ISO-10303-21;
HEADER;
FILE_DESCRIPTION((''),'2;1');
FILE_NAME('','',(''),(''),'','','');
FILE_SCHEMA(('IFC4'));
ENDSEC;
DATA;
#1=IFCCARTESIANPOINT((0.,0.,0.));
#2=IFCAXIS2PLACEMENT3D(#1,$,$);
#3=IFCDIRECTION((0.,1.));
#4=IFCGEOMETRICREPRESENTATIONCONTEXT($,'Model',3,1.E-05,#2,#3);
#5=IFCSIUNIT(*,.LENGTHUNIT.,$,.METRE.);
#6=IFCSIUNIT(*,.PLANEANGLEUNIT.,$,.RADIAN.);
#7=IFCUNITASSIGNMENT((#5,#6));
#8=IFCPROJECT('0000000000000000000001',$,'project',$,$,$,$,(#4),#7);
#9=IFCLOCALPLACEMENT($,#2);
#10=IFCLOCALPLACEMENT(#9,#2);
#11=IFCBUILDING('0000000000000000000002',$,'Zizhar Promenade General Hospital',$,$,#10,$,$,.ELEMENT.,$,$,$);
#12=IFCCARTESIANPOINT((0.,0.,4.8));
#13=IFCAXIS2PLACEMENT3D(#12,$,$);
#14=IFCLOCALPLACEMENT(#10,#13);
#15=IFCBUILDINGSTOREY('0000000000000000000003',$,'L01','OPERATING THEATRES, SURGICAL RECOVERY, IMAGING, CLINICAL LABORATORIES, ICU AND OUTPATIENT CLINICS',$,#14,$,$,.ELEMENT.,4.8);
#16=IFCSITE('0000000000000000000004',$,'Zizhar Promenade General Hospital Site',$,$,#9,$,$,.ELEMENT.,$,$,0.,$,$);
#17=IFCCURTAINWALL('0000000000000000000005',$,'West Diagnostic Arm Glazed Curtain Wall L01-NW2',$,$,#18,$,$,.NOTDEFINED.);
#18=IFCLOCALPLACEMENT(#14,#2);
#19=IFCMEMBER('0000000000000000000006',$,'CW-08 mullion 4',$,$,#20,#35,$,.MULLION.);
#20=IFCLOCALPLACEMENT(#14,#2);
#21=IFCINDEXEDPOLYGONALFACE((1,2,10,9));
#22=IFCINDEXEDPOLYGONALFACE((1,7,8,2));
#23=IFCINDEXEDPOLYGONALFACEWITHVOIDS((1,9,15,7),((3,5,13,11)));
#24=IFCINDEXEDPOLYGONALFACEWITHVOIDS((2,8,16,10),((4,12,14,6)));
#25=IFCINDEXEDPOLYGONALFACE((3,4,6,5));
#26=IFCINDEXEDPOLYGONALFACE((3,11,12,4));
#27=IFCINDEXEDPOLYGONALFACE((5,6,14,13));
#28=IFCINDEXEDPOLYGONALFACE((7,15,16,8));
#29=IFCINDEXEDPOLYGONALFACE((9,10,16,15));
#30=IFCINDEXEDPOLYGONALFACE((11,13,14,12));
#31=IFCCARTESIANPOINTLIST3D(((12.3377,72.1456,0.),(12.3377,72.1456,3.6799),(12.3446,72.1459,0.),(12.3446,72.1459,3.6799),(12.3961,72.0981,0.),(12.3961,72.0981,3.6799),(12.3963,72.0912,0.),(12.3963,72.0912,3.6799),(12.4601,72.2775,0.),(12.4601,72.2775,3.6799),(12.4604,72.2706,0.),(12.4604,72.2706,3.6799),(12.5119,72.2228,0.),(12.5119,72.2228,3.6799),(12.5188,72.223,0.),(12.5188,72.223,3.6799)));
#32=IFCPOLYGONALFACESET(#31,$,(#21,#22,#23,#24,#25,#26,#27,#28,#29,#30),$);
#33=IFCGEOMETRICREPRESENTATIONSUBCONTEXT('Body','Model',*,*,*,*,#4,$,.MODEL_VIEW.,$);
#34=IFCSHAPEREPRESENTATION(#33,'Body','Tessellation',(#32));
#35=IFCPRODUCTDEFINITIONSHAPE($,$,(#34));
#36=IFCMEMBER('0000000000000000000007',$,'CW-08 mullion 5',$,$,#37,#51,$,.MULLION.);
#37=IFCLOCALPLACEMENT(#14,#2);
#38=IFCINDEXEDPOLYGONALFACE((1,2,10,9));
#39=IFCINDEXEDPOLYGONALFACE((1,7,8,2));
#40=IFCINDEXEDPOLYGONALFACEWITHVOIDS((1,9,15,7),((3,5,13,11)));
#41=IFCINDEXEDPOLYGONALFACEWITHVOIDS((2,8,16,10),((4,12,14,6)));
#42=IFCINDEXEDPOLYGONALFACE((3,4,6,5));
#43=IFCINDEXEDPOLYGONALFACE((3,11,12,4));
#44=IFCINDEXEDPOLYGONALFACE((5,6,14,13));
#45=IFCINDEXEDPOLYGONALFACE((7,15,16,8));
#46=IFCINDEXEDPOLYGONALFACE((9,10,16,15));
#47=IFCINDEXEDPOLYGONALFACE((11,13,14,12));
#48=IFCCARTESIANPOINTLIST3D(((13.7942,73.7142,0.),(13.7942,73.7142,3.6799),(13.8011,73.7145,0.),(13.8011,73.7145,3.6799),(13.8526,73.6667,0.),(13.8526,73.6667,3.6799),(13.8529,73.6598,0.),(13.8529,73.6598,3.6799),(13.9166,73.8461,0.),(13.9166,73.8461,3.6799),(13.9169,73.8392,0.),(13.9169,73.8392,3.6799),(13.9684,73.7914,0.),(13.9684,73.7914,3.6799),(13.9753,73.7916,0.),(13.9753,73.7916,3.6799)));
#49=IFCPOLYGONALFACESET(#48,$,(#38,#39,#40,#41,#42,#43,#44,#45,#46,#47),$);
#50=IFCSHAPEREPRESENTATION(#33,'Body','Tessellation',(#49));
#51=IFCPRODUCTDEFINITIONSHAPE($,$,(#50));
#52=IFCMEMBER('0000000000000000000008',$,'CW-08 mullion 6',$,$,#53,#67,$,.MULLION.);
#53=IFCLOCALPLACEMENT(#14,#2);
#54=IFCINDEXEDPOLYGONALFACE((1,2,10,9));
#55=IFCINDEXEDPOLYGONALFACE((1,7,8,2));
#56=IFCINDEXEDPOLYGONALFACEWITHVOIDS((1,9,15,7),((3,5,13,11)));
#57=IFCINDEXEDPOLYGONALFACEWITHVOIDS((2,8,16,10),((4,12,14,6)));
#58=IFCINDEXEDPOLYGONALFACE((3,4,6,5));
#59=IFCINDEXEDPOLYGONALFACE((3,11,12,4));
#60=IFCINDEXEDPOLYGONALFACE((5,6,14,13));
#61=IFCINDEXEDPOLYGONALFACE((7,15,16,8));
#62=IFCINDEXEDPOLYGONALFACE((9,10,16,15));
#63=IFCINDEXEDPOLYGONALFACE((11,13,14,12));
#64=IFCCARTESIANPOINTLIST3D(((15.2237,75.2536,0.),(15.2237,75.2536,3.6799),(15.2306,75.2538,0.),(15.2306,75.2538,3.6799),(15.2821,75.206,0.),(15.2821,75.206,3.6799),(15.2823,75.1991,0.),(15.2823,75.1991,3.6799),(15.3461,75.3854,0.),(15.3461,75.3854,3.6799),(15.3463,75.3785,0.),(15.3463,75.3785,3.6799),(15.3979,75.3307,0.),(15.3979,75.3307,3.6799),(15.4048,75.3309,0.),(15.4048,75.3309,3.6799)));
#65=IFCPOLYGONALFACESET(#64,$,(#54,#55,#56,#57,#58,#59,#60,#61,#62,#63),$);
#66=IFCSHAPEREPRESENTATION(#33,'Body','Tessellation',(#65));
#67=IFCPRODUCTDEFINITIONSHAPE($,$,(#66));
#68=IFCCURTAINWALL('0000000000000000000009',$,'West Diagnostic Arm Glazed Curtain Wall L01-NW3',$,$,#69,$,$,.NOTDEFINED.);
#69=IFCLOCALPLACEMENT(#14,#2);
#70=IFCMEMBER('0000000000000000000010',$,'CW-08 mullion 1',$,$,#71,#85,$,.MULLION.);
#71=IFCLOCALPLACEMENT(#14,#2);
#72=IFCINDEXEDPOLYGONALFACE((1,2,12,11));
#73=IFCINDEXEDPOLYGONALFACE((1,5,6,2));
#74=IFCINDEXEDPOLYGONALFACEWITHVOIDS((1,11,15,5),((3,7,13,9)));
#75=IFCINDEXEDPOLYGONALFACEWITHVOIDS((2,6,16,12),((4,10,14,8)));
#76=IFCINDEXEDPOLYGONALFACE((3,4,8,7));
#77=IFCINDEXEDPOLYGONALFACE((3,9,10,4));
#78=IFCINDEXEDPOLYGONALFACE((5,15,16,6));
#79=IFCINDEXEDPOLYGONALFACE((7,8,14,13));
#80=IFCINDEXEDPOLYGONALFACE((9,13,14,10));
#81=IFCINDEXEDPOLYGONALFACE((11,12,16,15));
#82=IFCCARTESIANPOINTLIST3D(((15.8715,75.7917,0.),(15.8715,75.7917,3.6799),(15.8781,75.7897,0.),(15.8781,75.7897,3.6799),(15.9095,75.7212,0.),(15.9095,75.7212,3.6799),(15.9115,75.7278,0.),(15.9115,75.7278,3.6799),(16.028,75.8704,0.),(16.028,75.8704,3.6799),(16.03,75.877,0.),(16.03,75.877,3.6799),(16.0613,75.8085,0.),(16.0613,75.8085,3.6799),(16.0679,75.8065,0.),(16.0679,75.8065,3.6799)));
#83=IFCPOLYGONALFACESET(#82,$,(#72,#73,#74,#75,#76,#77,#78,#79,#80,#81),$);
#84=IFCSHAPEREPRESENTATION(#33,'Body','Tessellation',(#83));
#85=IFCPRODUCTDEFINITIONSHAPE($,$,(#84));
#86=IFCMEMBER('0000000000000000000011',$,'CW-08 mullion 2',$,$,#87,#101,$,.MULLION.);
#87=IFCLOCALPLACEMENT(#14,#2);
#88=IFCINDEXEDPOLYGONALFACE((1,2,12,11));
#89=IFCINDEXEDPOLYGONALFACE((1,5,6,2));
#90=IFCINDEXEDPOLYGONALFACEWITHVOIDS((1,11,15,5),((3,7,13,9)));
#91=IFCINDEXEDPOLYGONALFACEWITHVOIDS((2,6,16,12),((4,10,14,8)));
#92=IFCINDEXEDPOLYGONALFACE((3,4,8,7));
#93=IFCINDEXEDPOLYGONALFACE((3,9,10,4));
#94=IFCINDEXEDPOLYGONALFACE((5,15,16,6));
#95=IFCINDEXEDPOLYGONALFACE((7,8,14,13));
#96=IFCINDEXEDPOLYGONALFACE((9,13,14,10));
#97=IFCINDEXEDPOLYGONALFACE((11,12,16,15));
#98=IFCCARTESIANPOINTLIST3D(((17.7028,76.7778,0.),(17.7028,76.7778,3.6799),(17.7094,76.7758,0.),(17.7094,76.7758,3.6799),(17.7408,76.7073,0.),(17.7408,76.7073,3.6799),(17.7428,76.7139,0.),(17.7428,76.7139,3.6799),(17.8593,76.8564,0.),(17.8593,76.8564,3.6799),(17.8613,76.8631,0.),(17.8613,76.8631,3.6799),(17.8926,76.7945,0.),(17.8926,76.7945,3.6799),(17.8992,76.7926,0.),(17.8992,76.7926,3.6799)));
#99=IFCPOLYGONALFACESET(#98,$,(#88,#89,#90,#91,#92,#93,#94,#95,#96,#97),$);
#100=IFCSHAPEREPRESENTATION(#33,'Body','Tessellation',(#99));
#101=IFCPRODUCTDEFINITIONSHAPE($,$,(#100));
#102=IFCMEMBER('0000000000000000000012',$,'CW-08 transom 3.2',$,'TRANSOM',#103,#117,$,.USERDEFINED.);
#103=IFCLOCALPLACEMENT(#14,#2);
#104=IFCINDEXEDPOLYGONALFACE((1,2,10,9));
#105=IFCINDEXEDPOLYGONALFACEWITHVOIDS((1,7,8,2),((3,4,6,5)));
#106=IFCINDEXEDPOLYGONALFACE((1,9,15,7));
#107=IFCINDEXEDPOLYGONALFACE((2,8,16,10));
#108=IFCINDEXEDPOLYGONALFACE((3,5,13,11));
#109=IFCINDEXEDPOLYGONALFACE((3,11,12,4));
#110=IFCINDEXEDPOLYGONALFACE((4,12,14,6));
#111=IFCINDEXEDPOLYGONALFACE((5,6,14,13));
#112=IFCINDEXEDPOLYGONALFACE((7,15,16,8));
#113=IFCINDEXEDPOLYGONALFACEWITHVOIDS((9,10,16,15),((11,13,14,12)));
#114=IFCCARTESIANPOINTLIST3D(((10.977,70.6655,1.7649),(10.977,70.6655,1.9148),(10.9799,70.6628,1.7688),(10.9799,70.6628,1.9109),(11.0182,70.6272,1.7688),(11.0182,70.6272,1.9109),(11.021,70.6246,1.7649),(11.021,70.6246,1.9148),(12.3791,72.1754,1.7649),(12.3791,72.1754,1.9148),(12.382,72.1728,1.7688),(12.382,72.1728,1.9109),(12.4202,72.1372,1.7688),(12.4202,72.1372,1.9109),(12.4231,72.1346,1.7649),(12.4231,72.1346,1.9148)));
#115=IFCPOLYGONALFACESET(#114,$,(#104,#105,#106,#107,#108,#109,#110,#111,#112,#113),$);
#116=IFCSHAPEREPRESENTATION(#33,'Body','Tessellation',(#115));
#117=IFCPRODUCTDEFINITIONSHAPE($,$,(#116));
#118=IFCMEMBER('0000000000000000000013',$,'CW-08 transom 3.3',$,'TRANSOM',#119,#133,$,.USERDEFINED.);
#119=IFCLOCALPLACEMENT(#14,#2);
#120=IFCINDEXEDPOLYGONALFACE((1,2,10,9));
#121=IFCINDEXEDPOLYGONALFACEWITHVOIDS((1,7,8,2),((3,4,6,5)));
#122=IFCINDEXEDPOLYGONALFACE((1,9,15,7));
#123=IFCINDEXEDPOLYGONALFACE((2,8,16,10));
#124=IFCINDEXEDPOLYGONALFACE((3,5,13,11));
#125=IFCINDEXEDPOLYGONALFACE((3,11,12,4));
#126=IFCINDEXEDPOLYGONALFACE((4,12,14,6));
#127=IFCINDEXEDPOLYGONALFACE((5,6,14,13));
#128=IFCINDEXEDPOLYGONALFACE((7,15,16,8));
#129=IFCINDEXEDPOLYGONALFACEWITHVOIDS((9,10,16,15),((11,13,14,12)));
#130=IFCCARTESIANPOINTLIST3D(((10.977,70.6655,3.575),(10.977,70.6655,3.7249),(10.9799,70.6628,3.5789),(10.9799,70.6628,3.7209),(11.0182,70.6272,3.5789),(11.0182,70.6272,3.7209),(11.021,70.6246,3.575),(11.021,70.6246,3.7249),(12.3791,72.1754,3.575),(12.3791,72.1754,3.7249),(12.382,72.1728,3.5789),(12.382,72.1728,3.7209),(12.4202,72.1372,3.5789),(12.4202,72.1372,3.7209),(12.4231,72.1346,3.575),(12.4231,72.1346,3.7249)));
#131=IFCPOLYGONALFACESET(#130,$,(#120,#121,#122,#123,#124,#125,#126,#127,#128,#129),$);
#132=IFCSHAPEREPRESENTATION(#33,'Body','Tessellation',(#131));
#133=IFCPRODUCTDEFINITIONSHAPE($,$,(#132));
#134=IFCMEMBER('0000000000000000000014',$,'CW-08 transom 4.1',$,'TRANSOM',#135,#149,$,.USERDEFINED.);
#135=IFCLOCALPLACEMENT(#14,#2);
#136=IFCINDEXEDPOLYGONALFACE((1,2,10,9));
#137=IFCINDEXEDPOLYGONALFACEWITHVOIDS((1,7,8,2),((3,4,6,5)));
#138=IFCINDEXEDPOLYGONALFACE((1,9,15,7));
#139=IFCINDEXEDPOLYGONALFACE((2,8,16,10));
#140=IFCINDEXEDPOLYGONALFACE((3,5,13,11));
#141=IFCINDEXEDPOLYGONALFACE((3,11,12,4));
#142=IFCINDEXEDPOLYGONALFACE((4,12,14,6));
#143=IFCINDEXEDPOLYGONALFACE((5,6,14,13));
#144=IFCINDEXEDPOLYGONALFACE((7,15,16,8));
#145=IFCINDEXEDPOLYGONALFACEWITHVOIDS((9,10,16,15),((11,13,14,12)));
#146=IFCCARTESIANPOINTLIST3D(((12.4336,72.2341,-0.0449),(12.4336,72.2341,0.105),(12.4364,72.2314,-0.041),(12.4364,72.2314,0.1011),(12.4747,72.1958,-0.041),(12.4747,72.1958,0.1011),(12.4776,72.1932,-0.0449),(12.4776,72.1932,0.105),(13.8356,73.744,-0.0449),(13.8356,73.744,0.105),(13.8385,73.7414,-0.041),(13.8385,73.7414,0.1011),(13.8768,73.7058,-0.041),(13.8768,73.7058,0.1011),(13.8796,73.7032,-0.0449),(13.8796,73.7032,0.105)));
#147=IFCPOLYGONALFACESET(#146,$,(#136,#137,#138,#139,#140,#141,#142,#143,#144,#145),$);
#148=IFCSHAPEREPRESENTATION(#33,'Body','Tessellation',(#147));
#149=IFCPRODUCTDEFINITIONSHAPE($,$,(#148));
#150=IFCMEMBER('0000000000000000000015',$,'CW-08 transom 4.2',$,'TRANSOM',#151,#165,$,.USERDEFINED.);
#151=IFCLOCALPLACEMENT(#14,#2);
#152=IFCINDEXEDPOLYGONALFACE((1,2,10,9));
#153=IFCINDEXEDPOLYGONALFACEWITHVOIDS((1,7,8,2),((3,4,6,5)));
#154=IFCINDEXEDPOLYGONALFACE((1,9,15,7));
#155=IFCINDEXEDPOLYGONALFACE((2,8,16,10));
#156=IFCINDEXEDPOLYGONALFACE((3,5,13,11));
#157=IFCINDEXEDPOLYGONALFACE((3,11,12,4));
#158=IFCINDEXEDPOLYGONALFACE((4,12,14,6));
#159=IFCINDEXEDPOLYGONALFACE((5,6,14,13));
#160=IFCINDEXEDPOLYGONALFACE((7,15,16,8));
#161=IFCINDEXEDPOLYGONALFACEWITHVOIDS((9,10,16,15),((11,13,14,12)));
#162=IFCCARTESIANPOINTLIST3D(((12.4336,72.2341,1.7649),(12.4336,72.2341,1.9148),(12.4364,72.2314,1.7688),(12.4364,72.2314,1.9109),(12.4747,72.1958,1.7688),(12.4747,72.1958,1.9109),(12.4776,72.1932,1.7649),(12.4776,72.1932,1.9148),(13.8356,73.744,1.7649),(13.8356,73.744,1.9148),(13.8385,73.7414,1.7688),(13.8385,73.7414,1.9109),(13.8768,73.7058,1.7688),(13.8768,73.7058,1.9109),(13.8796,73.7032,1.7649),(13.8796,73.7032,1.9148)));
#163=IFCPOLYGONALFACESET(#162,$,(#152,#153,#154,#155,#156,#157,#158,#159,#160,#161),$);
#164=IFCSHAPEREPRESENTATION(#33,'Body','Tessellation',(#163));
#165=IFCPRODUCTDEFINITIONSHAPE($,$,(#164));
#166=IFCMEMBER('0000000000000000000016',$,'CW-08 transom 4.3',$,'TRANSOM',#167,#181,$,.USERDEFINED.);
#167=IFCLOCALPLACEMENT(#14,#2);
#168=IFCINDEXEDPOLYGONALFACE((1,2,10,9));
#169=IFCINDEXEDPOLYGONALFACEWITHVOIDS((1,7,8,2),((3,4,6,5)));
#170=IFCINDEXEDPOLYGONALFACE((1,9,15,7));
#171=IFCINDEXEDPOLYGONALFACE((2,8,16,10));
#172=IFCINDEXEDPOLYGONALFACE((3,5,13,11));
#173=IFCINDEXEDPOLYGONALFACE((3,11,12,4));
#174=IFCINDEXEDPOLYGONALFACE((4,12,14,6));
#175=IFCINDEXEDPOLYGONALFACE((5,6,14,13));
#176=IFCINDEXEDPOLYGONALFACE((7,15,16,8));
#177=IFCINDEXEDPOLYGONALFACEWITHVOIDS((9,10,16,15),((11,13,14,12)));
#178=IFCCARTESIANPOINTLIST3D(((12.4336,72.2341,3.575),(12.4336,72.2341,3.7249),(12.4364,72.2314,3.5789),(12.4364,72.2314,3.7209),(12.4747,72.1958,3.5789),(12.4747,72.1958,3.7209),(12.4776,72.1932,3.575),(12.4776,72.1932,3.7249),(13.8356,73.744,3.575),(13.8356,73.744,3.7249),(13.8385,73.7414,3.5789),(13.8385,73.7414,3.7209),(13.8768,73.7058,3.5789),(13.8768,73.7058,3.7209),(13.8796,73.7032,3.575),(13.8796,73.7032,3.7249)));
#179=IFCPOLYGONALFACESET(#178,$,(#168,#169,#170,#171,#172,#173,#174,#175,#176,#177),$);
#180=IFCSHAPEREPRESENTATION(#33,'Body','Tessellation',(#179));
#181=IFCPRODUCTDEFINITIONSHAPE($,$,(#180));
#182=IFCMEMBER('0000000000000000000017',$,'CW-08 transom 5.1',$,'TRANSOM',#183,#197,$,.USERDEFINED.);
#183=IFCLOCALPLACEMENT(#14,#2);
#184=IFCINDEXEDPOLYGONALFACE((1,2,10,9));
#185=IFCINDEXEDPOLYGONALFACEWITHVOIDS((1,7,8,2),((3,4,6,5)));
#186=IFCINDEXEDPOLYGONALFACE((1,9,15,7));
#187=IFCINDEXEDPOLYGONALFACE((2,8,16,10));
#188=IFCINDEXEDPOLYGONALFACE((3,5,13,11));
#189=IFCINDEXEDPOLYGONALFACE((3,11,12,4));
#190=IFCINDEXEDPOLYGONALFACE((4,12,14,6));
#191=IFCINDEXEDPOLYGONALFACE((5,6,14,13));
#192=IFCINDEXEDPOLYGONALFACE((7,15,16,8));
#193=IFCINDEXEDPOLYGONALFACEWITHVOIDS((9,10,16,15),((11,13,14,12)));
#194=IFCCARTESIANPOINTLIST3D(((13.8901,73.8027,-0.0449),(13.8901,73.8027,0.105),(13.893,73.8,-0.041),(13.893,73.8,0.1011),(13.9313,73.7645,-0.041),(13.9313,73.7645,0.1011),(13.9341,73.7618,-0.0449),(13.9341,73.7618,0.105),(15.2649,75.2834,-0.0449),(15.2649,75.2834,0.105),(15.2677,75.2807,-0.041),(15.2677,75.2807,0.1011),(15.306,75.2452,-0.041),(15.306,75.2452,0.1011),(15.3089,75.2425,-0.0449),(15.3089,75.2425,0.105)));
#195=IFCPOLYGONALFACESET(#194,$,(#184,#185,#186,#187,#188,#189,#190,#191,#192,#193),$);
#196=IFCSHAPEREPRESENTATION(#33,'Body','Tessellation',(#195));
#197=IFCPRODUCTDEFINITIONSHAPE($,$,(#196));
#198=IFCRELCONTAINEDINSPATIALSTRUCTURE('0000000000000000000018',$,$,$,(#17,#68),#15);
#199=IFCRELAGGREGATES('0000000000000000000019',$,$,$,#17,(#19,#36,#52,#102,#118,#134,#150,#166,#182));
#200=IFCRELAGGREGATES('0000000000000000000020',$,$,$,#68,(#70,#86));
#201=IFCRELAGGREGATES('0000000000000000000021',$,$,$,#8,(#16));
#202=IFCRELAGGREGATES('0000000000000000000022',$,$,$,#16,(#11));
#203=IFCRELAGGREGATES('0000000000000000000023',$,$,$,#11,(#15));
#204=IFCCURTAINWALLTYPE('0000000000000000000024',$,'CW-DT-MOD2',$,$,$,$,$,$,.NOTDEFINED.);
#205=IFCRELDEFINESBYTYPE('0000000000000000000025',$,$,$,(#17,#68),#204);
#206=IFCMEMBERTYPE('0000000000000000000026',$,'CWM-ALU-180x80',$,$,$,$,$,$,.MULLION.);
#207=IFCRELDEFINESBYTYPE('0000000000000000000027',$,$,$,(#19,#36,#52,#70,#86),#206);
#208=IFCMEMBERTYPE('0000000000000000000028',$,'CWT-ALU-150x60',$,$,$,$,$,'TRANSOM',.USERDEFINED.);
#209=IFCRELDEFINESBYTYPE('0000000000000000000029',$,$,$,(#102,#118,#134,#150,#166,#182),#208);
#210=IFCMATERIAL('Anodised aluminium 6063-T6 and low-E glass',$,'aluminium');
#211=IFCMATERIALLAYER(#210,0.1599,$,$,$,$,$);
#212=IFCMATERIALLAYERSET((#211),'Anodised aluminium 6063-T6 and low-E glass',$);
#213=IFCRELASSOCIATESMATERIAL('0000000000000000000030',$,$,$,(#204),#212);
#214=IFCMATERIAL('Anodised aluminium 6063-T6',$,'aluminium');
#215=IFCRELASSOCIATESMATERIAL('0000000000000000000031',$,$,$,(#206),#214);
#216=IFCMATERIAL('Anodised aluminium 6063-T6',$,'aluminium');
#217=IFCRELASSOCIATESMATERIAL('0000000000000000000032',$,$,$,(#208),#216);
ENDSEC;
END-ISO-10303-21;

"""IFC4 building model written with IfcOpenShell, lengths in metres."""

from ifc_helpers import new_model, si_unit, direction, frame, origin, origin_2d, place, context, subcontext, project, spatial, hollow_rectangle, extrude, material, layer, layer_set, material_profile, profile_set, type_object, element, aggregate, save


model = new_model("IFC4")

# Units and contexts
model_context = context("Model", 3, precision=1e-05, world=origin(), true_north=direction((0.0, 1.0)))
body_context = subcontext(model_context, "Body", "Model", "MODEL_VIEW")
ifc_project = project(units=[si_unit("LENGTHUNIT", "METRE"), si_unit("PLANEANGLEUNIT", "RADIAN")], contexts=[model_context])

# Site, building, storey
site_placement = place(None, origin())
site = spatial("IfcSite", under=ifc_project, at=site_placement, Name="Zizhar Promenade General Hospital Site", CompositionType="ELEMENT", RefElevation=0.0)
building_placement = place(site_placement, origin())
building = spatial("IfcBuilding", under=site, at=building_placement, Name="Zizhar Promenade General Hospital", CompositionType="ELEMENT")
storey_placement = place(building_placement, frame((0.0, 0.0, 4.8)))
storey = spatial("IfcBuildingStorey", under=building, at=storey_placement, Name="L01", Description="OPERATING THEATRES, SURGICAL RECOVERY, IMAGING, CLINICAL LABORATORIES, ICU AND OUTPATIENT CLINICS", CompositionType="ELEMENT", Elevation=4.8)

# Curtain walls, members
ifc_material_1 = material(Name="Anodised aluminium 6063-T6 and low-E glass", Category="aluminium")
ifc_layer_1 = layer(ifc_material_1, 0.1599)
ifc_layer_set_1 = layer_set([ifc_layer_1], Name="Anodised aluminium 6063-T6 and low-E glass")
curtain_wall_type = type_object("IfcCurtainWallType", Name="CW-DT-MOD2", PredefinedType="NOTDEFINED", material=ifc_layer_set_1)
curtain_wall_1_placement = place(storey_placement, origin())
curtain_wall_1 = element("IfcCurtainWall", 1, at=curtain_wall_1_placement, inside=storey, type_object=curtain_wall_type, Name="West Diagnostic Arm Glazed Curtain Wall L01-NW2", PredefinedType="NOTDEFINED")
ifc_material_2 = material(Name="Anodised aluminium 6063-T6", Category="aluminium")
ifc_material_profile_1 = material_profile(ifc_material_2, hollow_rectangle(XDim=0.0801, YDim=0.1799, WallThickness=0.0049, at=origin_2d()))
ifc_profile_set_1 = profile_set([ifc_material_profile_1], Name="Anodised aluminium 6063-T6")
member_type_1 = type_object("IfcMemberType", Name="CWM-ALU-180x80", PredefinedType="MULLION", material=ifc_profile_set_1)
member_1_placement = place(storey_placement, frame((12.4282, 72.1843, 0.0), z_axis=(0.0, 0.0, 1.0), x_axis=(-0.732793, 0.680452, 0.0)))
member_1 = element("IfcMember", 2, at=member_1_placement, type_object=member_type_1, Name="CW-08 mullion 4", PredefinedType="MULLION", context=body_context, shape_type="SweptSolid", body=[
    extrude(hollow_rectangle(XDim=0.0801, YDim=0.1799, WallThickness=0.0049, at=origin_2d()), origin(), (0.0, 0.0, 1.0), 3.6799),
])
member_2_placement = place(storey_placement, frame((13.8848, 73.7529, 0.0), z_axis=(0.0, 0.0, 1.0), x_axis=(-0.732793, 0.680452, 0.0)))
member_2 = element("IfcMember", 3, at=member_2_placement, type_object=member_type_1, Name="CW-08 mullion 5", PredefinedType="MULLION", context=body_context, shape_type="SweptSolid", body=[
    extrude(hollow_rectangle(XDim=0.0801, YDim=0.1799, WallThickness=0.0049, at=origin_2d()), origin(), (0.0, 0.0, 1.0), 3.6799),
])
member_3_placement = place(storey_placement, frame((15.3142, 75.2922, 0.0), z_axis=(0.0, 0.0, 1.0), x_axis=(-0.732793, 0.680452, 0.0)))
member_3 = element("IfcMember", 4, at=member_3_placement, type_object=member_type_1, Name="CW-08 mullion 6", PredefinedType="MULLION", context=body_context, shape_type="SweptSolid", body=[
    extrude(hollow_rectangle(XDim=0.0801, YDim=0.1799, WallThickness=0.0049, at=origin_2d()), origin(), (0.0, 0.0, 1.0), 3.6799),
])
curtain_wall_2_placement = place(storey_placement, origin())
curtain_wall_2 = element("IfcCurtainWall", 5, at=curtain_wall_2_placement, inside=storey, type_object=curtain_wall_type, Name="West Diagnostic Arm Glazed Curtain Wall L01-NW3", PredefinedType="NOTDEFINED")
member_4_placement = place(storey_placement, frame((15.9697, 75.7991, 0.0), z_axis=(0.0, 0.0, 1.0), x_axis=(-0.474097, 0.880473, 0.0)))
member_4 = element("IfcMember", 6, at=member_4_placement, type_object=member_type_1, Name="CW-08 mullion 1", PredefinedType="MULLION", context=body_context, shape_type="SweptSolid", body=[
    extrude(hollow_rectangle(XDim=0.0801, YDim=0.1799, WallThickness=0.0049, at=origin_2d()), origin(), (0.0, 0.0, 1.0), 3.6799),
])
member_5_placement = place(storey_placement, frame((17.801, 76.7852, 0.0), z_axis=(0.0, 0.0, 1.0), x_axis=(-0.474097, 0.880473, 0.0)))
member_5 = element("IfcMember", 7, at=member_5_placement, type_object=member_type_1, Name="CW-08 mullion 2", PredefinedType="MULLION", context=body_context, shape_type="SweptSolid", body=[
    extrude(hollow_rectangle(XDim=0.0801, YDim=0.1799, WallThickness=0.0049, at=origin_2d()), origin(), (0.0, 0.0, 1.0), 3.6799),
])

# Members
ifc_material_3 = material(Name="Anodised aluminium 6063-T6", Category="aluminium")
ifc_material_profile_2 = material_profile(ifc_material_3, hollow_rectangle(XDim=0.0601, YDim=0.1499, WallThickness=0.0039, at=origin_2d()))
ifc_profile_set_2 = profile_set([ifc_material_profile_2], Name="Anodised aluminium 6063-T6")
member_type_2 = type_object("IfcMemberType", Name="CWT-ALU-150x60", ElementType="TRANSOM", PredefinedType="USERDEFINED", material=ifc_profile_set_2)
member_6_placement = place(storey_placement, frame((10.999, 70.645, 1.8398), z_axis=(0.680437, 0.732806, 0.0), x_axis=(-0.732806, 0.680437, 0.0)))
member_6 = element("IfcMember", 8, at=member_6_placement, type_object=member_type_2, Name="CW-08 transom 3.2", ObjectType="TRANSOM", PredefinedType="USERDEFINED", context=body_context, shape_type="SweptSolid", body=[
    extrude(hollow_rectangle(XDim=0.0601, YDim=0.1499, WallThickness=0.0039, at=origin_2d()), origin(), (0.0, 0.0, 1.0), 2.0605),
])
member_7_placement = place(storey_placement, frame((10.999, 70.645, 3.6499), z_axis=(0.680437, 0.732806, 0.0), x_axis=(-0.732806, 0.680437, 0.0)))
member_7 = element("IfcMember", 9, at=member_7_placement, type_object=member_type_2, Name="CW-08 transom 3.3", ObjectType="TRANSOM", PredefinedType="USERDEFINED", context=body_context, shape_type="SweptSolid", body=[
    extrude(hollow_rectangle(XDim=0.0601, YDim=0.1499, WallThickness=0.0039, at=origin_2d()), origin(), (0.0, 0.0, 1.0), 2.0605),
])
member_8_placement = place(storey_placement, frame((12.4556, 72.2136, 0.03), z_axis=(0.680437, 0.732806, 0.0), x_axis=(-0.732806, 0.680437, 0.0)))
member_8 = element("IfcMember", 10, at=member_8_placement, type_object=member_type_2, Name="CW-08 transom 4.1", ObjectType="TRANSOM", PredefinedType="USERDEFINED", context=body_context, shape_type="SweptSolid", body=[
    extrude(hollow_rectangle(XDim=0.0601, YDim=0.1499, WallThickness=0.0039, at=origin_2d()), origin(), (0.0, 0.0, 1.0), 2.0605),
])
member_9_placement = place(storey_placement, frame((12.4556, 72.2136, 1.8398), z_axis=(0.680437, 0.732806, 0.0), x_axis=(-0.732806, 0.680437, 0.0)))
member_9 = element("IfcMember", 11, at=member_9_placement, type_object=member_type_2, Name="CW-08 transom 4.2", ObjectType="TRANSOM", PredefinedType="USERDEFINED", context=body_context, shape_type="SweptSolid", body=[
    extrude(hollow_rectangle(XDim=0.0601, YDim=0.1499, WallThickness=0.0039, at=origin_2d()), origin(), (0.0, 0.0, 1.0), 2.0605),
])
member_10_placement = place(storey_placement, frame((12.4556, 72.2136, 3.6499), z_axis=(0.680437, 0.732806, 0.0), x_axis=(-0.732806, 0.680437, 0.0)))
member_10 = element("IfcMember", 12, at=member_10_placement, type_object=member_type_2, Name="CW-08 transom 4.3", ObjectType="TRANSOM", PredefinedType="USERDEFINED", context=body_context, shape_type="SweptSolid", body=[
    extrude(hollow_rectangle(XDim=0.0601, YDim=0.1499, WallThickness=0.0039, at=origin_2d()), origin(), (0.0, 0.0, 1.0), 2.0605),
])
member_11_placement = place(storey_placement, frame((13.9121, 73.7822, 0.03), z_axis=(0.6804, 0.732841, 0.0), x_axis=(-0.732841, 0.6804, 0.0)))
member_11 = element("IfcMember", 13, at=member_11_placement, type_object=member_type_2, Name="CW-08 transom 5.1", ObjectType="TRANSOM", PredefinedType="USERDEFINED", context=body_context, shape_type="SweptSolid", body=[
    extrude(hollow_rectangle(XDim=0.0601, YDim=0.1499, WallThickness=0.0039, at=origin_2d()), origin(), (0.0, 0.0, 1.0), 2.0205),
])

aggregate(curtain_wall_1, [member_1, member_2, member_3, member_6, member_7, member_8, member_9, member_10, member_11])
aggregate(curtain_wall_2, [member_4, member_5])

save(model, "model.ifc")
